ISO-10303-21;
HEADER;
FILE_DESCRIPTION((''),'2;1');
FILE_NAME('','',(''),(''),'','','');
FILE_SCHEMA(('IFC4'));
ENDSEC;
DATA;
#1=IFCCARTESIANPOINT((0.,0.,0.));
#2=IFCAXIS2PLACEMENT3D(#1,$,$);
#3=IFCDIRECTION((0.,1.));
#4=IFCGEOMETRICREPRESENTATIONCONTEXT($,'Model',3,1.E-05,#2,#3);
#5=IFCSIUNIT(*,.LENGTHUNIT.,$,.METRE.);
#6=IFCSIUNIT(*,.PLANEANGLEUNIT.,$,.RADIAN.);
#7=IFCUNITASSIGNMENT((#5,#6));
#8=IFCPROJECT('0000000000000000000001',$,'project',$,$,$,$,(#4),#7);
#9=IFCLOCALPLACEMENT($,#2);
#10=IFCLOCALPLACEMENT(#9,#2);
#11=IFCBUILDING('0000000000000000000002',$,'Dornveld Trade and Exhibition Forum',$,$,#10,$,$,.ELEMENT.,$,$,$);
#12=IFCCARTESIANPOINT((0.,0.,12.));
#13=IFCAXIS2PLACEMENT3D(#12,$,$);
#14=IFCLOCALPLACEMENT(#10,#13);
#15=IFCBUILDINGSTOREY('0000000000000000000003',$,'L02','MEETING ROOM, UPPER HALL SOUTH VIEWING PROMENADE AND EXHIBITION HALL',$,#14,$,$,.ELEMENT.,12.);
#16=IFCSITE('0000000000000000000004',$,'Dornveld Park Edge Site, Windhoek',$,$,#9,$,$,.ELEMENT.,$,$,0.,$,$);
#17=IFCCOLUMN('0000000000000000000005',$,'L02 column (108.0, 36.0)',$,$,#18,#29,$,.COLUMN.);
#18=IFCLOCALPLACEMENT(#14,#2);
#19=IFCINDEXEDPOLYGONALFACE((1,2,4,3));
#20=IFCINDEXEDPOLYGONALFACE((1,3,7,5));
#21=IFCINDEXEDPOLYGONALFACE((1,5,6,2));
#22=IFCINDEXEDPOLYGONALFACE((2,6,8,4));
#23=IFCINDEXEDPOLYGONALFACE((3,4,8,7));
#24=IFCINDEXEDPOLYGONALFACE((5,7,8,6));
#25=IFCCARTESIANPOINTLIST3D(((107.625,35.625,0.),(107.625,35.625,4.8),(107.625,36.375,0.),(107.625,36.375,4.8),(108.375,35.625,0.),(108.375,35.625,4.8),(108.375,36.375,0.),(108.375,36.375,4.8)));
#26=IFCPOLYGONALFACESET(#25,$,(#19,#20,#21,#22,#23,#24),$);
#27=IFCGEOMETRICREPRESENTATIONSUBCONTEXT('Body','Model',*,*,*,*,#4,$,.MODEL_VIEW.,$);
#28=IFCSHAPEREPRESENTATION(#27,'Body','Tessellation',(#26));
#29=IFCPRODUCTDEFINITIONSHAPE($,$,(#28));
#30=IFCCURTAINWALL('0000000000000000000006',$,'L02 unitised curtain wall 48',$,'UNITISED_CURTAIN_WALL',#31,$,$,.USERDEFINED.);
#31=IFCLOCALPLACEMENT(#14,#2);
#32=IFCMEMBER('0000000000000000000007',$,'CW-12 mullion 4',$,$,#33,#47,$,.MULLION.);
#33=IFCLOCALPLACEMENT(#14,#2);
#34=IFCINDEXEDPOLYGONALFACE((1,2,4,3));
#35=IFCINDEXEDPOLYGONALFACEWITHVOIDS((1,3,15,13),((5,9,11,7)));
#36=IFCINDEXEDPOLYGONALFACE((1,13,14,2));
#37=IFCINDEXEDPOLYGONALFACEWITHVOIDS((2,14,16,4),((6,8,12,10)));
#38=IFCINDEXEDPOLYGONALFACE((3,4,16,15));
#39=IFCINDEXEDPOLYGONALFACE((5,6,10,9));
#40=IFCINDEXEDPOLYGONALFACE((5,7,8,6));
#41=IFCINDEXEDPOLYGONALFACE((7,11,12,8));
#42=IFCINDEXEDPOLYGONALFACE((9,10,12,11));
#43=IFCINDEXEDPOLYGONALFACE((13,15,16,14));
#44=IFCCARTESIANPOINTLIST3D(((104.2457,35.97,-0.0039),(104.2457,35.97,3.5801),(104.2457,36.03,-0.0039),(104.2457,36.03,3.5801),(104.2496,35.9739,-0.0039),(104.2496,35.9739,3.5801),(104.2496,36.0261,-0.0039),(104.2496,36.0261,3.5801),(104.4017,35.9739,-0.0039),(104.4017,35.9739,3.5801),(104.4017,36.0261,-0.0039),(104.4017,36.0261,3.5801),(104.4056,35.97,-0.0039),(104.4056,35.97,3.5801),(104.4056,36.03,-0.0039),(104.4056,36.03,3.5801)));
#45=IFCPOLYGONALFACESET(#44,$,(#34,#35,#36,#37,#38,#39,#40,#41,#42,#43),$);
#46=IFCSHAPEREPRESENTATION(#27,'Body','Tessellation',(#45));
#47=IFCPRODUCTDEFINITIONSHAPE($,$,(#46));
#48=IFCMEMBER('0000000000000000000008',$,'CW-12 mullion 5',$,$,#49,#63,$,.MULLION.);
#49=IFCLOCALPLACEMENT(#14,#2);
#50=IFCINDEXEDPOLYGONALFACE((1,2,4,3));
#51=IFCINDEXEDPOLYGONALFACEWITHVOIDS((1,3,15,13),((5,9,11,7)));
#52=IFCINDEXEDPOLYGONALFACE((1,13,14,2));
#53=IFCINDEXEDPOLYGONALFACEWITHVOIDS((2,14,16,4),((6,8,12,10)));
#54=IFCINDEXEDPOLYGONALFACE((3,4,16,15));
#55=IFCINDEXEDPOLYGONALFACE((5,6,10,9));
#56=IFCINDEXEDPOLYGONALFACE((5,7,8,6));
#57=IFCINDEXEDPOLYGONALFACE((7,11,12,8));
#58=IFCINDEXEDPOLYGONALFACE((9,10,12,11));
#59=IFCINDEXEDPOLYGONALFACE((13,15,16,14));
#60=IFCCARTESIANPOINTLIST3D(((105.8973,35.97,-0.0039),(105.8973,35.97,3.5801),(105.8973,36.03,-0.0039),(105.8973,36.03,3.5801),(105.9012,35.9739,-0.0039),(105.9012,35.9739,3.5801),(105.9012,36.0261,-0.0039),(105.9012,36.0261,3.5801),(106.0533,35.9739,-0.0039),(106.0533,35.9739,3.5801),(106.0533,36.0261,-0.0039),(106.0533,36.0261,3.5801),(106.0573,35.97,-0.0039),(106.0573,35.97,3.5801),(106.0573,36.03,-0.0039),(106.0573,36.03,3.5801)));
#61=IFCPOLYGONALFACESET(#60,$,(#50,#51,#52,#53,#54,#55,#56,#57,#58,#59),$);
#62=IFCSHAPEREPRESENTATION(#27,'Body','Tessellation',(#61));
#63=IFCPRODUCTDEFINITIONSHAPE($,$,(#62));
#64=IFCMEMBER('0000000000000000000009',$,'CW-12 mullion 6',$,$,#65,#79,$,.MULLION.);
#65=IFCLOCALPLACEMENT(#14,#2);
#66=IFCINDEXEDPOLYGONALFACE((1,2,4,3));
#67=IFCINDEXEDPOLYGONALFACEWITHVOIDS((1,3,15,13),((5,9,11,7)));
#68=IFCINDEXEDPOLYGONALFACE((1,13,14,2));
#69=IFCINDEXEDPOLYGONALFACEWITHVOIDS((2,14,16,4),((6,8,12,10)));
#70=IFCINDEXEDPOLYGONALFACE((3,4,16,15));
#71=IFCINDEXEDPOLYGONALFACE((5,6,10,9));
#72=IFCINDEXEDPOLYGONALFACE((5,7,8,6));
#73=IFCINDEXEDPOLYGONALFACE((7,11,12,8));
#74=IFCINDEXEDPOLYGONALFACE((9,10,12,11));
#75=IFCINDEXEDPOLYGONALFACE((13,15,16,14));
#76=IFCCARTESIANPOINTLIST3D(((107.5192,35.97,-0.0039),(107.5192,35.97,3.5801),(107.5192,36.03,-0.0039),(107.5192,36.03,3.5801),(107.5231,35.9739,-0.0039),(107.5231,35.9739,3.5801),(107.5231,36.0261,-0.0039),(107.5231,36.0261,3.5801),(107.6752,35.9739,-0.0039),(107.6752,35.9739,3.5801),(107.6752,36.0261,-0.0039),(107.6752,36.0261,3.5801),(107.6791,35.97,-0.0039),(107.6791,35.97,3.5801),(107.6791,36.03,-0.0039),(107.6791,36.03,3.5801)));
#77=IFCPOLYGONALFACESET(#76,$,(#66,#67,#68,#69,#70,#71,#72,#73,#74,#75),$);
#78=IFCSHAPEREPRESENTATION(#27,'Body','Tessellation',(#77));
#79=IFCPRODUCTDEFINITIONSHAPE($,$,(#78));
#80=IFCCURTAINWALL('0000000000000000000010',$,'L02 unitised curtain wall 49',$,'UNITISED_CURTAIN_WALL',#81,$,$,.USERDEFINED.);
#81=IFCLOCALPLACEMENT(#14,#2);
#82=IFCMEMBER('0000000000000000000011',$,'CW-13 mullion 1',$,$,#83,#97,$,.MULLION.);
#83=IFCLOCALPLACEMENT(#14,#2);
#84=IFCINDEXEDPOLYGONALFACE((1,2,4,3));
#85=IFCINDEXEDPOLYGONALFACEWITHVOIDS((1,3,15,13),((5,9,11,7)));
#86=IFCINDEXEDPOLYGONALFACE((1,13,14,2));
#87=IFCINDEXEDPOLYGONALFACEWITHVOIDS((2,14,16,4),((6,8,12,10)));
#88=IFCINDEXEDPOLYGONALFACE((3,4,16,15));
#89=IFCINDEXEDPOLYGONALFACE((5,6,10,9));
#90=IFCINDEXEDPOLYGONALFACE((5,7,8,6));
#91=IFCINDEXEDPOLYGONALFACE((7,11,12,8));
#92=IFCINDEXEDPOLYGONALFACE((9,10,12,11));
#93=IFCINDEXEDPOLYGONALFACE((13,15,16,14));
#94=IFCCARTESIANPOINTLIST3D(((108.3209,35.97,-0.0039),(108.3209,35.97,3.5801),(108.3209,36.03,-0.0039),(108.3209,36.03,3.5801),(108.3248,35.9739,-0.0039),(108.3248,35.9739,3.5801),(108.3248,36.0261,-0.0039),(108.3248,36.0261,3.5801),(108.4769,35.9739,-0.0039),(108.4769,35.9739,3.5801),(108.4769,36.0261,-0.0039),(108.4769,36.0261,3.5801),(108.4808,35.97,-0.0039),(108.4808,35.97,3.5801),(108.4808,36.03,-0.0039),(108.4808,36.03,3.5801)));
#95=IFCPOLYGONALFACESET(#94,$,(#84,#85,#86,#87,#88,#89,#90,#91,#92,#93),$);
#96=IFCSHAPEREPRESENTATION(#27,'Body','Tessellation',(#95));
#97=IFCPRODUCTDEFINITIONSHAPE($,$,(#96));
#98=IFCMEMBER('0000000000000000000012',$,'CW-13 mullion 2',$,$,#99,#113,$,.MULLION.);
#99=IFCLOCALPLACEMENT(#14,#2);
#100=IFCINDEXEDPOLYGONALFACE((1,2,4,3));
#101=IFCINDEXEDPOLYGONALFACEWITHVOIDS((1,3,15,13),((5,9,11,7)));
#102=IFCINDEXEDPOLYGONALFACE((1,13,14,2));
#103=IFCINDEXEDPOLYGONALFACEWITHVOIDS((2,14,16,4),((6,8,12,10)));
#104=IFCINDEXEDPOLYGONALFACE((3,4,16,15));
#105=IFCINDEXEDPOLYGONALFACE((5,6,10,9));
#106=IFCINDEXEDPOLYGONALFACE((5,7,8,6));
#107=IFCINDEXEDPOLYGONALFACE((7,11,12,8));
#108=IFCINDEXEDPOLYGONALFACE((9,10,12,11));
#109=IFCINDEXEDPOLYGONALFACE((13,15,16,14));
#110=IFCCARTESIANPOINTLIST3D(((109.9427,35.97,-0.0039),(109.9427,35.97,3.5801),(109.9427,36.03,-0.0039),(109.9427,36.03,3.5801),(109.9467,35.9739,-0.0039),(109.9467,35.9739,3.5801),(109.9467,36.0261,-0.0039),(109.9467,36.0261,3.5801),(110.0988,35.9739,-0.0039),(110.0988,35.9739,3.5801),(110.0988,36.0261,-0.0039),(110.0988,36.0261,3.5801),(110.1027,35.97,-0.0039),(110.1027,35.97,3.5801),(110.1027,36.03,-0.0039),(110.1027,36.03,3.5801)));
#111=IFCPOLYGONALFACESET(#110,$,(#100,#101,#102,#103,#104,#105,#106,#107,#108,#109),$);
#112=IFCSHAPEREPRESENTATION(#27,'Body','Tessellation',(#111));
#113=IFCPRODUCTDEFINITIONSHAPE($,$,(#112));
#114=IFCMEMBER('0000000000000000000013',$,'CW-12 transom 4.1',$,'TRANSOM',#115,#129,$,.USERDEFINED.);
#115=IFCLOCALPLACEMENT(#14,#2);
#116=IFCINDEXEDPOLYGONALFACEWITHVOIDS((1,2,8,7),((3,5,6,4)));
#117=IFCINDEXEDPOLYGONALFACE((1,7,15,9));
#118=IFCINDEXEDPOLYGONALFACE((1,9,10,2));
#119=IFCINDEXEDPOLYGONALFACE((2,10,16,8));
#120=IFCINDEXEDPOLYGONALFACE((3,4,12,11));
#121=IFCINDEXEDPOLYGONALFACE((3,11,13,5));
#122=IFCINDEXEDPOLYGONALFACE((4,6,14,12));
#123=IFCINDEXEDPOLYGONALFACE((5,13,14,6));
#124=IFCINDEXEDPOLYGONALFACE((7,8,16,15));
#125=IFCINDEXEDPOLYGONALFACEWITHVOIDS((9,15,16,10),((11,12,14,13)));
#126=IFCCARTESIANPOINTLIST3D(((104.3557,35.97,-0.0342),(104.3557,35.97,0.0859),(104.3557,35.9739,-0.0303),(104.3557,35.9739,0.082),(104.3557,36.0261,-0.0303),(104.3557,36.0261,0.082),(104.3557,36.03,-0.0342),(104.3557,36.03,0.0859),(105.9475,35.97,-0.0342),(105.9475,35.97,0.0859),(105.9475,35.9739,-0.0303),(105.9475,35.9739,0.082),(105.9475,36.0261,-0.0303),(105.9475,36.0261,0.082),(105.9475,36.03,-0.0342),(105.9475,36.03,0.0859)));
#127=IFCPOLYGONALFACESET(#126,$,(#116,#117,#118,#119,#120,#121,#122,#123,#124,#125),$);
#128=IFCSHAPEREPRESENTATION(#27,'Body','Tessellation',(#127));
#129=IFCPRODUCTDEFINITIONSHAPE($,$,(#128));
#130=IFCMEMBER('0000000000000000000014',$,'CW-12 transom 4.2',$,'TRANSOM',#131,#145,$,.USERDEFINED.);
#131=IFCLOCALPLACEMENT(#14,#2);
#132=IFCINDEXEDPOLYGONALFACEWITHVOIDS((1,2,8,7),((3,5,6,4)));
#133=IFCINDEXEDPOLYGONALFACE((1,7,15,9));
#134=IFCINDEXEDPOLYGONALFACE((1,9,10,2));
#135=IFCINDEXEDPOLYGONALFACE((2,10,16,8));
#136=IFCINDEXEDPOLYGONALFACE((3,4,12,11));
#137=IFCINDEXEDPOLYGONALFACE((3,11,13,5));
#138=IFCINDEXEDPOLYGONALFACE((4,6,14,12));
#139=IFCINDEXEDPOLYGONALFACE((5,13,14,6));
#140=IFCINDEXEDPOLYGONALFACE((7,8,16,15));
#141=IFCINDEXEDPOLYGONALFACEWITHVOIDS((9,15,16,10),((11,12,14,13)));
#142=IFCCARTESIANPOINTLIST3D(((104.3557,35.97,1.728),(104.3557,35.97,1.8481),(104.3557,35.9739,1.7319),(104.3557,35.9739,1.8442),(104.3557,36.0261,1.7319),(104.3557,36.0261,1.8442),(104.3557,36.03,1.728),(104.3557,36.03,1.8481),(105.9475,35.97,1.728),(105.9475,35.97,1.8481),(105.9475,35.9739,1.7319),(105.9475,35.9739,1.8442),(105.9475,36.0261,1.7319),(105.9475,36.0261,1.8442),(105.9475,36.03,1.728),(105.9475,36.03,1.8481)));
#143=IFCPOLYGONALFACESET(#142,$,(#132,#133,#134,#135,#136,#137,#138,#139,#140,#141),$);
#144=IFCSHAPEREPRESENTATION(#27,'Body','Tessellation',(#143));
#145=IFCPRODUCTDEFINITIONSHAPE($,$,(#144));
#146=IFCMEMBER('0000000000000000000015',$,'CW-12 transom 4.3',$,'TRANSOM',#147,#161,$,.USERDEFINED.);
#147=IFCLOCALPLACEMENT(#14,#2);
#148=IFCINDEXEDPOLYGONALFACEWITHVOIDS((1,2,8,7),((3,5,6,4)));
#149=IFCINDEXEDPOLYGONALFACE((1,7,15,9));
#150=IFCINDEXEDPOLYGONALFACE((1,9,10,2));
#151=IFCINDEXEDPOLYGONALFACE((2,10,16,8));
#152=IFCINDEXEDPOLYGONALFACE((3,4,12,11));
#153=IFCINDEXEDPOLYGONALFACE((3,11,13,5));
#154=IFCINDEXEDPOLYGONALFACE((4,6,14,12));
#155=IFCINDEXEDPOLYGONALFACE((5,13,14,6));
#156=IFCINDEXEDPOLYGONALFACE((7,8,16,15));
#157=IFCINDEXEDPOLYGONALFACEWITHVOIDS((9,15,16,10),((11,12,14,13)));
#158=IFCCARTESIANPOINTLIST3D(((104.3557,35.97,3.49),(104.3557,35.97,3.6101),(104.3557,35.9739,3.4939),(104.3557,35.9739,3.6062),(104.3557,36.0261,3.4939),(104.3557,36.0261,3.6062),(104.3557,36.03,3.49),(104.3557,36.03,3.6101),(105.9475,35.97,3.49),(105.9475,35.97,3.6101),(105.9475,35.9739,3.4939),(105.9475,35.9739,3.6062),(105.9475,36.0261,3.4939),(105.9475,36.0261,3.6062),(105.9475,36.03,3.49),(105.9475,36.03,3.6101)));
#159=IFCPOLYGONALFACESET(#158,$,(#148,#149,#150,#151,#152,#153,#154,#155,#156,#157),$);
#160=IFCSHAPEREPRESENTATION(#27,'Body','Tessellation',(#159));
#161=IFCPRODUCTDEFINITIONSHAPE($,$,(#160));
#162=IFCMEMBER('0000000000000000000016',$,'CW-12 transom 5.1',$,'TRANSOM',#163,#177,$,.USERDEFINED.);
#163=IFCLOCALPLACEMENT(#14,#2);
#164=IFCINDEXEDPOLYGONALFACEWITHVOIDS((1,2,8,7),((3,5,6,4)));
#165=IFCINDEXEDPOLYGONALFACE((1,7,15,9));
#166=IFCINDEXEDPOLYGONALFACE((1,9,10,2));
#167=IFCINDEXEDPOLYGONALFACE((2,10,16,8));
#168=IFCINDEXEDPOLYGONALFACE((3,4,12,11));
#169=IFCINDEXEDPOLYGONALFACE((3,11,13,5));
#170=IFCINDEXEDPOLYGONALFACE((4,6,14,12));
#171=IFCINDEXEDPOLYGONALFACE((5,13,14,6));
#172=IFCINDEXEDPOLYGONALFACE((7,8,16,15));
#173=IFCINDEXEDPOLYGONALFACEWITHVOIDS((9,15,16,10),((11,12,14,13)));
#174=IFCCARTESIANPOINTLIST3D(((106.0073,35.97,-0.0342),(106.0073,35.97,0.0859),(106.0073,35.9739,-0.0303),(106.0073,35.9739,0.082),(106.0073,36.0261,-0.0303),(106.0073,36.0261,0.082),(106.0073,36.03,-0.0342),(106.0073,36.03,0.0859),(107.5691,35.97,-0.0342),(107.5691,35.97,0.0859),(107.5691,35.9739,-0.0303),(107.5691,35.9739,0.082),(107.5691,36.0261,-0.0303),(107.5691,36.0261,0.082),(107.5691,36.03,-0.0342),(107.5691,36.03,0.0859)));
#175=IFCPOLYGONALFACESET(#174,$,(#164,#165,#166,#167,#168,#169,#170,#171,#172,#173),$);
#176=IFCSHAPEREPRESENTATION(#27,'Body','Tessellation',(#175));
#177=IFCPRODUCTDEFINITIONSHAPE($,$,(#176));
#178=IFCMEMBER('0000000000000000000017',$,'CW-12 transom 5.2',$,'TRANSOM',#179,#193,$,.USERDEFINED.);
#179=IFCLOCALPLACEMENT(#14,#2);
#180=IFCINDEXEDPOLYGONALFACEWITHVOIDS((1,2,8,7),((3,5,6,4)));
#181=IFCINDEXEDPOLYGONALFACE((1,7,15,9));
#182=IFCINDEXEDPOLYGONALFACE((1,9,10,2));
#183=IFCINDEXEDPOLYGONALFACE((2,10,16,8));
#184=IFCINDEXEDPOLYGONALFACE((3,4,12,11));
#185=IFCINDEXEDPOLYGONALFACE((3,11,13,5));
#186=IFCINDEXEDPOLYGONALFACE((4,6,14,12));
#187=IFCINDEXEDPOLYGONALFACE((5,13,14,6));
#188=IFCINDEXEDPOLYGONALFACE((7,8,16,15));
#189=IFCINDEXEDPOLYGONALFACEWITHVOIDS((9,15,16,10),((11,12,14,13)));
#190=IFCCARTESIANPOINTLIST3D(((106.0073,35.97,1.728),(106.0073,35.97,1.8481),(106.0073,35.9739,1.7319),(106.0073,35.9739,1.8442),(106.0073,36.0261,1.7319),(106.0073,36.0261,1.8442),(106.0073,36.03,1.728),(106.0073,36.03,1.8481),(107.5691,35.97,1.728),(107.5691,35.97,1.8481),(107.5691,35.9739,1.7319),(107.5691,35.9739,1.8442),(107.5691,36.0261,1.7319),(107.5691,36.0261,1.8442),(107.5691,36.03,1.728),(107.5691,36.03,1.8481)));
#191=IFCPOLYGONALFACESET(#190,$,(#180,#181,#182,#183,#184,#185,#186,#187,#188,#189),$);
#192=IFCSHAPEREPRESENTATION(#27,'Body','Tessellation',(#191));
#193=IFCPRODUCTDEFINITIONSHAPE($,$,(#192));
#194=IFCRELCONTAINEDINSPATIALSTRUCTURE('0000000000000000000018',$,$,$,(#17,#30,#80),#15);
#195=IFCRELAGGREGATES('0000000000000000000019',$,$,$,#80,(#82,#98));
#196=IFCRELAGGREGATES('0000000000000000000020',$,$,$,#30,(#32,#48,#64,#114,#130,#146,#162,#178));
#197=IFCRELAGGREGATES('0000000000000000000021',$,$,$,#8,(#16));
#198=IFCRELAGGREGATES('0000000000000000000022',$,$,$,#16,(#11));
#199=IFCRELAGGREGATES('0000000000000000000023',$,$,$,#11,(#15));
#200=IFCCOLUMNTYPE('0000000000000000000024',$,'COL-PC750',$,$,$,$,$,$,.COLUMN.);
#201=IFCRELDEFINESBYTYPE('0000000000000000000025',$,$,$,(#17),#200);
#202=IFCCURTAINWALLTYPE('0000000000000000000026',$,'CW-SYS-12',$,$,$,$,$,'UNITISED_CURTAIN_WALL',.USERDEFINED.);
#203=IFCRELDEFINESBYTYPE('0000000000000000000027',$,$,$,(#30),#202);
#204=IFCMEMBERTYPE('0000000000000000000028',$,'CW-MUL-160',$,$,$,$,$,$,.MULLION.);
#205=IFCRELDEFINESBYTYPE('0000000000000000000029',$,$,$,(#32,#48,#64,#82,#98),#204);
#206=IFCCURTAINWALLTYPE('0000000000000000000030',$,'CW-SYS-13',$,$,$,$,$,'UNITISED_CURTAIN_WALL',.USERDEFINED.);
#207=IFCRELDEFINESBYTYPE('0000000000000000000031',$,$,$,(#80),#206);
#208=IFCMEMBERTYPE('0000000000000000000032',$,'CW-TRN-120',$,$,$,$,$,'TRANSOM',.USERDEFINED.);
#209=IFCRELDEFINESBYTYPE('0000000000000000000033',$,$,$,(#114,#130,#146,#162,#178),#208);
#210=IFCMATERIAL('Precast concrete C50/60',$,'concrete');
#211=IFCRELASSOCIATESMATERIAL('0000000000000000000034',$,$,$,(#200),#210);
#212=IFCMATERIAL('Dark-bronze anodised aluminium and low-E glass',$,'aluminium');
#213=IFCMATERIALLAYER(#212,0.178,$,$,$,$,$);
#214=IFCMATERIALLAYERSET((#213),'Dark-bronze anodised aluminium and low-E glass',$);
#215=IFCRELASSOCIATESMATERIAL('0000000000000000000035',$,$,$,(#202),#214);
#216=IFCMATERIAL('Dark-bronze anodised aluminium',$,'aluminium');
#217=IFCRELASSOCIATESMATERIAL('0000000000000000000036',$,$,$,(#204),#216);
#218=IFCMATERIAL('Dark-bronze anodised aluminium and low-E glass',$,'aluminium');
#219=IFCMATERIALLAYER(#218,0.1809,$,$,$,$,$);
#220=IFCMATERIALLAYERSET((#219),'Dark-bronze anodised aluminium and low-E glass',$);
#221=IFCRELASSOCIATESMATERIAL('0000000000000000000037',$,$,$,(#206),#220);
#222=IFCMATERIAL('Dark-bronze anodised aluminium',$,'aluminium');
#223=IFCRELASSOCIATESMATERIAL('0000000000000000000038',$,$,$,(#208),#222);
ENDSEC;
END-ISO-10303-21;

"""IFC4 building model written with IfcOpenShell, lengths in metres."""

from ifc_helpers import new_model, si_unit, direction, frame, origin, origin_2d, place, context, subcontext, project, spatial, rectangle, hollow_rectangle, extrude, material, layer, layer_set, material_profile, profile_set, type_object, element, aggregate, save


model = new_model("IFC4")

# Units and contexts
model_context = context("Model", 3, precision=1e-05, world=origin(), true_north=direction((0.0, 1.0)))
body_context = subcontext(model_context, "Body", "Model", "MODEL_VIEW")
ifc_project = project(units=[si_unit("LENGTHUNIT", "METRE"), si_unit("PLANEANGLEUNIT", "RADIAN")], contexts=[model_context])

# Site, building, storey
site_placement = place(None, origin())
site = spatial("IfcSite", under=ifc_project, at=site_placement, Name="Dornveld Park Edge Site, Windhoek", CompositionType="ELEMENT", RefElevation=0.0)
building_placement = place(site_placement, origin())
building = spatial("IfcBuilding", under=site, at=building_placement, Name="Dornveld Trade and Exhibition Forum", CompositionType="ELEMENT")
storey_placement = place(building_placement, frame((0.0, 0.0, 12.0)))
storey = spatial("IfcBuildingStorey", under=building, at=storey_placement, Name="L02", Description="MEETING ROOM, UPPER HALL SOUTH VIEWING PROMENADE AND EXHIBITION HALL", CompositionType="ELEMENT", Elevation=12.0)

# Column
ifc_material_1 = material(Name="Precast concrete C50/60", Category="concrete")
ifc_material_profile_1 = material_profile(ifc_material_1, rectangle(XDim=0.75, YDim=0.75, at=origin_2d()), Name="PC-COL 750x750")
ifc_profile_set_1 = profile_set([ifc_material_profile_1], Name="Precast concrete C50/60")
column_type = type_object("IfcColumnType", Name="COL-PC750", PredefinedType="COLUMN", material=ifc_profile_set_1)
column_placement = place(storey_placement, frame((108.0, 36.0, 0.0), z_axis=(0.0, 0.0, 1.0), x_axis=(1.0, 0.0, 0.0)))
element("IfcColumn", 1, at=column_placement, inside=storey, type_object=column_type, Name="L02 column (108.0, 36.0)", PredefinedType="COLUMN", context=body_context, shape_type="SweptSolid", body=[
    extrude(rectangle(XDim=0.75, YDim=0.75, at=origin_2d()), origin(), (0.0, 0.0, 1.0), 4.8),
])

# Curtain walls, members
ifc_material_2 = material(Name="Dark-bronze anodised aluminium and low-E glass", Category="aluminium")
ifc_layer_1 = layer(ifc_material_2, 0.178)
ifc_layer_set_1 = layer_set([ifc_layer_1], Name="Dark-bronze anodised aluminium and low-E glass")
curtain_wall_type_1 = type_object("IfcCurtainWallType", Name="CW-SYS-12", ElementType="UNITISED_CURTAIN_WALL", PredefinedType="USERDEFINED", material=ifc_layer_set_1)
curtain_wall_1_placement = place(storey_placement, origin())
curtain_wall_1 = element("IfcCurtainWall", 2, at=curtain_wall_1_placement, inside=storey, type_object=curtain_wall_type_1, Name="L02 unitised curtain wall 48", ObjectType="UNITISED_CURTAIN_WALL", PredefinedType="USERDEFINED")
ifc_material_3 = material(Name="Dark-bronze anodised aluminium", Category="aluminium")
ifc_material_profile_2 = material_profile(ifc_material_3, hollow_rectangle(XDim=0.0601, YDim=0.1599, WallThickness=0.0039, at=origin_2d()), Name="RHS 160x60x4")
ifc_profile_set_2 = profile_set([ifc_material_profile_2], Name="Dark-bronze anodised aluminium")
member_type_1 = type_object("IfcMemberType", Name="CW-MUL-160", PredefinedType="MULLION", material=ifc_profile_set_2)
member_1_placement = place(storey_placement, frame((104.3257, 36.0, -0.0039), z_axis=(0.0, 0.0, 1.0), x_axis=(0.0, 1.0, 0.0)))
member_1 = element("IfcMember", 3, at=member_1_placement, type_object=member_type_1, Name="CW-12 mullion 4", PredefinedType="MULLION", context=body_context, shape_type="SweptSolid", body=[
    extrude(hollow_rectangle(XDim=0.0601, YDim=0.1599, WallThickness=0.0039, at=origin_2d()), origin(), (0.0, 0.0, 1.0), 3.584),
])
member_2_placement = place(storey_placement, frame((105.9773, 36.0, -0.0039), z_axis=(0.0, 0.0, 1.0), x_axis=(0.0, 1.0, 0.0)))
member_2 = element("IfcMember", 4, at=member_2_placement, type_object=member_type_1, Name="CW-12 mullion 5", PredefinedType="MULLION", context=body_context, shape_type="SweptSolid", body=[
    extrude(hollow_rectangle(XDim=0.0601, YDim=0.1599, WallThickness=0.0039, at=origin_2d()), origin(), (0.0, 0.0, 1.0), 3.584),
])
member_3_placement = place(storey_placement, frame((107.5991, 36.0, -0.0039), z_axis=(0.0, 0.0, 1.0), x_axis=(0.0, 1.0, 0.0)))
member_3 = element("IfcMember", 5, at=member_3_placement, type_object=member_type_1, Name="CW-12 mullion 6", PredefinedType="MULLION", context=body_context, shape_type="SweptSolid", body=[
    extrude(hollow_rectangle(XDim=0.0601, YDim=0.1599, WallThickness=0.0039, at=origin_2d()), origin(), (0.0, 0.0, 1.0), 3.584),
])
ifc_material_4 = material(Name="Dark-bronze anodised aluminium and low-E glass", Category="aluminium")
ifc_layer_2 = layer(ifc_material_4, 0.1809)
ifc_layer_set_2 = layer_set([ifc_layer_2], Name="Dark-bronze anodised aluminium and low-E glass")
curtain_wall_type_2 = type_object("IfcCurtainWallType", Name="CW-SYS-13", ElementType="UNITISED_CURTAIN_WALL", PredefinedType="USERDEFINED", material=ifc_layer_set_2)
curtain_wall_2_placement = place(storey_placement, origin())
curtain_wall_2 = element("IfcCurtainWall", 6, at=curtain_wall_2_placement, inside=storey, type_object=curtain_wall_type_2, Name="L02 unitised curtain wall 49", ObjectType="UNITISED_CURTAIN_WALL", PredefinedType="USERDEFINED")
member_4_placement = place(storey_placement, frame((108.4009, 36.0, -0.0039), z_axis=(0.0, 0.0, 1.0), x_axis=(0.0, 1.0, 0.0)))
member_4 = element("IfcMember", 7, at=member_4_placement, type_object=member_type_1, Name="CW-13 mullion 1", PredefinedType="MULLION", context=body_context, shape_type="SweptSolid", body=[
    extrude(hollow_rectangle(XDim=0.0601, YDim=0.1599, WallThickness=0.0039, at=origin_2d()), origin(), (0.0, 0.0, 1.0), 3.584),
])
member_5_placement = place(storey_placement, frame((110.0227, 36.0, -0.0039), z_axis=(0.0, 0.0, 1.0), x_axis=(0.0, 1.0, 0.0)))
member_5 = element("IfcMember", 8, at=member_5_placement, type_object=member_type_1, Name="CW-13 mullion 2", PredefinedType="MULLION", context=body_context, shape_type="SweptSolid", body=[
    extrude(hollow_rectangle(XDim=0.0601, YDim=0.1599, WallThickness=0.0039, at=origin_2d()), origin(), (0.0, 0.0, 1.0), 3.584),
])

# Members
ifc_material_5 = material(Name="Dark-bronze anodised aluminium", Category="aluminium")
ifc_material_profile_3 = material_profile(ifc_material_5, hollow_rectangle(XDim=0.0601, YDim=0.1201, WallThickness=0.0039, at=origin_2d()), Name="RHS 120x60x4")
ifc_profile_set_3 = profile_set([ifc_material_profile_3], Name="Dark-bronze anodised aluminium")
member_type_2 = type_object("IfcMemberType", Name="CW-TRN-120", ElementType="TRANSOM", PredefinedType="USERDEFINED", material=ifc_profile_set_3)
member_6_placement = place(storey_placement, frame((104.3557, 36.0, 0.0259), z_axis=(1.0, 0.0, 0.0), x_axis=(0.0, 1.0, 0.0)))
member_6 = element("IfcMember", 9, at=member_6_placement, type_object=member_type_2, Name="CW-12 transom 4.1", ObjectType="TRANSOM", PredefinedType="USERDEFINED", context=body_context, shape_type="SweptSolid", body=[
    extrude(hollow_rectangle(XDim=0.0601, YDim=0.1201, WallThickness=0.0039, at=origin_2d()), origin(), (0.0, 0.0, 1.0), 1.5918),
])
member_7_placement = place(storey_placement, frame((104.3557, 36.0, 1.7881), z_axis=(1.0, 0.0, 0.0), x_axis=(0.0, 1.0, 0.0)))
member_7 = element("IfcMember", 10, at=member_7_placement, type_object=member_type_2, Name="CW-12 transom 4.2", ObjectType="TRANSOM", PredefinedType="USERDEFINED", context=body_context, shape_type="SweptSolid", body=[
    extrude(hollow_rectangle(XDim=0.0601, YDim=0.1201, WallThickness=0.0039, at=origin_2d()), origin(), (0.0, 0.0, 1.0), 1.5918),
])
member_8_placement = place(storey_placement, frame((104.3557, 36.0, 3.55), z_axis=(1.0, 0.0, 0.0), x_axis=(0.0, 1.0, 0.0)))
member_8 = element("IfcMember", 11, at=member_8_placement, type_object=member_type_2, Name="CW-12 transom 4.3", ObjectType="TRANSOM", PredefinedType="USERDEFINED", context=body_context, shape_type="SweptSolid", body=[
    extrude(hollow_rectangle(XDim=0.0601, YDim=0.1201, WallThickness=0.0039, at=origin_2d()), origin(), (0.0, 0.0, 1.0), 1.5918),
])
member_9_placement = place(storey_placement, frame((106.0073, 36.0, 0.0259), z_axis=(1.0, 0.0, 0.0), x_axis=(0.0, 1.0, 0.0)))
member_9 = element("IfcMember", 12, at=member_9_placement, type_object=member_type_2, Name="CW-12 transom 5.1", ObjectType="TRANSOM", PredefinedType="USERDEFINED", context=body_context, shape_type="SweptSolid", body=[
    extrude(hollow_rectangle(XDim=0.0601, YDim=0.1201, WallThickness=0.0039, at=origin_2d()), origin(), (0.0, 0.0, 1.0), 1.5618),
])
member_10_placement = place(storey_placement, frame((106.0073, 36.0, 1.7881), z_axis=(1.0, 0.0, 0.0), x_axis=(0.0, 1.0, 0.0)))
member_10 = element("IfcMember", 13, at=member_10_placement, type_object=member_type_2, Name="CW-12 transom 5.2", ObjectType="TRANSOM", PredefinedType="USERDEFINED", context=body_context, shape_type="SweptSolid", body=[
    extrude(hollow_rectangle(XDim=0.0601, YDim=0.1201, WallThickness=0.0039, at=origin_2d()), origin(), (0.0, 0.0, 1.0), 1.5618),
])

aggregate(curtain_wall_2, [member_4, member_5])
aggregate(curtain_wall_1, [member_1, member_2, member_3, member_6, member_7, member_8, member_9, member_10])

save(model, "model.ifc")
